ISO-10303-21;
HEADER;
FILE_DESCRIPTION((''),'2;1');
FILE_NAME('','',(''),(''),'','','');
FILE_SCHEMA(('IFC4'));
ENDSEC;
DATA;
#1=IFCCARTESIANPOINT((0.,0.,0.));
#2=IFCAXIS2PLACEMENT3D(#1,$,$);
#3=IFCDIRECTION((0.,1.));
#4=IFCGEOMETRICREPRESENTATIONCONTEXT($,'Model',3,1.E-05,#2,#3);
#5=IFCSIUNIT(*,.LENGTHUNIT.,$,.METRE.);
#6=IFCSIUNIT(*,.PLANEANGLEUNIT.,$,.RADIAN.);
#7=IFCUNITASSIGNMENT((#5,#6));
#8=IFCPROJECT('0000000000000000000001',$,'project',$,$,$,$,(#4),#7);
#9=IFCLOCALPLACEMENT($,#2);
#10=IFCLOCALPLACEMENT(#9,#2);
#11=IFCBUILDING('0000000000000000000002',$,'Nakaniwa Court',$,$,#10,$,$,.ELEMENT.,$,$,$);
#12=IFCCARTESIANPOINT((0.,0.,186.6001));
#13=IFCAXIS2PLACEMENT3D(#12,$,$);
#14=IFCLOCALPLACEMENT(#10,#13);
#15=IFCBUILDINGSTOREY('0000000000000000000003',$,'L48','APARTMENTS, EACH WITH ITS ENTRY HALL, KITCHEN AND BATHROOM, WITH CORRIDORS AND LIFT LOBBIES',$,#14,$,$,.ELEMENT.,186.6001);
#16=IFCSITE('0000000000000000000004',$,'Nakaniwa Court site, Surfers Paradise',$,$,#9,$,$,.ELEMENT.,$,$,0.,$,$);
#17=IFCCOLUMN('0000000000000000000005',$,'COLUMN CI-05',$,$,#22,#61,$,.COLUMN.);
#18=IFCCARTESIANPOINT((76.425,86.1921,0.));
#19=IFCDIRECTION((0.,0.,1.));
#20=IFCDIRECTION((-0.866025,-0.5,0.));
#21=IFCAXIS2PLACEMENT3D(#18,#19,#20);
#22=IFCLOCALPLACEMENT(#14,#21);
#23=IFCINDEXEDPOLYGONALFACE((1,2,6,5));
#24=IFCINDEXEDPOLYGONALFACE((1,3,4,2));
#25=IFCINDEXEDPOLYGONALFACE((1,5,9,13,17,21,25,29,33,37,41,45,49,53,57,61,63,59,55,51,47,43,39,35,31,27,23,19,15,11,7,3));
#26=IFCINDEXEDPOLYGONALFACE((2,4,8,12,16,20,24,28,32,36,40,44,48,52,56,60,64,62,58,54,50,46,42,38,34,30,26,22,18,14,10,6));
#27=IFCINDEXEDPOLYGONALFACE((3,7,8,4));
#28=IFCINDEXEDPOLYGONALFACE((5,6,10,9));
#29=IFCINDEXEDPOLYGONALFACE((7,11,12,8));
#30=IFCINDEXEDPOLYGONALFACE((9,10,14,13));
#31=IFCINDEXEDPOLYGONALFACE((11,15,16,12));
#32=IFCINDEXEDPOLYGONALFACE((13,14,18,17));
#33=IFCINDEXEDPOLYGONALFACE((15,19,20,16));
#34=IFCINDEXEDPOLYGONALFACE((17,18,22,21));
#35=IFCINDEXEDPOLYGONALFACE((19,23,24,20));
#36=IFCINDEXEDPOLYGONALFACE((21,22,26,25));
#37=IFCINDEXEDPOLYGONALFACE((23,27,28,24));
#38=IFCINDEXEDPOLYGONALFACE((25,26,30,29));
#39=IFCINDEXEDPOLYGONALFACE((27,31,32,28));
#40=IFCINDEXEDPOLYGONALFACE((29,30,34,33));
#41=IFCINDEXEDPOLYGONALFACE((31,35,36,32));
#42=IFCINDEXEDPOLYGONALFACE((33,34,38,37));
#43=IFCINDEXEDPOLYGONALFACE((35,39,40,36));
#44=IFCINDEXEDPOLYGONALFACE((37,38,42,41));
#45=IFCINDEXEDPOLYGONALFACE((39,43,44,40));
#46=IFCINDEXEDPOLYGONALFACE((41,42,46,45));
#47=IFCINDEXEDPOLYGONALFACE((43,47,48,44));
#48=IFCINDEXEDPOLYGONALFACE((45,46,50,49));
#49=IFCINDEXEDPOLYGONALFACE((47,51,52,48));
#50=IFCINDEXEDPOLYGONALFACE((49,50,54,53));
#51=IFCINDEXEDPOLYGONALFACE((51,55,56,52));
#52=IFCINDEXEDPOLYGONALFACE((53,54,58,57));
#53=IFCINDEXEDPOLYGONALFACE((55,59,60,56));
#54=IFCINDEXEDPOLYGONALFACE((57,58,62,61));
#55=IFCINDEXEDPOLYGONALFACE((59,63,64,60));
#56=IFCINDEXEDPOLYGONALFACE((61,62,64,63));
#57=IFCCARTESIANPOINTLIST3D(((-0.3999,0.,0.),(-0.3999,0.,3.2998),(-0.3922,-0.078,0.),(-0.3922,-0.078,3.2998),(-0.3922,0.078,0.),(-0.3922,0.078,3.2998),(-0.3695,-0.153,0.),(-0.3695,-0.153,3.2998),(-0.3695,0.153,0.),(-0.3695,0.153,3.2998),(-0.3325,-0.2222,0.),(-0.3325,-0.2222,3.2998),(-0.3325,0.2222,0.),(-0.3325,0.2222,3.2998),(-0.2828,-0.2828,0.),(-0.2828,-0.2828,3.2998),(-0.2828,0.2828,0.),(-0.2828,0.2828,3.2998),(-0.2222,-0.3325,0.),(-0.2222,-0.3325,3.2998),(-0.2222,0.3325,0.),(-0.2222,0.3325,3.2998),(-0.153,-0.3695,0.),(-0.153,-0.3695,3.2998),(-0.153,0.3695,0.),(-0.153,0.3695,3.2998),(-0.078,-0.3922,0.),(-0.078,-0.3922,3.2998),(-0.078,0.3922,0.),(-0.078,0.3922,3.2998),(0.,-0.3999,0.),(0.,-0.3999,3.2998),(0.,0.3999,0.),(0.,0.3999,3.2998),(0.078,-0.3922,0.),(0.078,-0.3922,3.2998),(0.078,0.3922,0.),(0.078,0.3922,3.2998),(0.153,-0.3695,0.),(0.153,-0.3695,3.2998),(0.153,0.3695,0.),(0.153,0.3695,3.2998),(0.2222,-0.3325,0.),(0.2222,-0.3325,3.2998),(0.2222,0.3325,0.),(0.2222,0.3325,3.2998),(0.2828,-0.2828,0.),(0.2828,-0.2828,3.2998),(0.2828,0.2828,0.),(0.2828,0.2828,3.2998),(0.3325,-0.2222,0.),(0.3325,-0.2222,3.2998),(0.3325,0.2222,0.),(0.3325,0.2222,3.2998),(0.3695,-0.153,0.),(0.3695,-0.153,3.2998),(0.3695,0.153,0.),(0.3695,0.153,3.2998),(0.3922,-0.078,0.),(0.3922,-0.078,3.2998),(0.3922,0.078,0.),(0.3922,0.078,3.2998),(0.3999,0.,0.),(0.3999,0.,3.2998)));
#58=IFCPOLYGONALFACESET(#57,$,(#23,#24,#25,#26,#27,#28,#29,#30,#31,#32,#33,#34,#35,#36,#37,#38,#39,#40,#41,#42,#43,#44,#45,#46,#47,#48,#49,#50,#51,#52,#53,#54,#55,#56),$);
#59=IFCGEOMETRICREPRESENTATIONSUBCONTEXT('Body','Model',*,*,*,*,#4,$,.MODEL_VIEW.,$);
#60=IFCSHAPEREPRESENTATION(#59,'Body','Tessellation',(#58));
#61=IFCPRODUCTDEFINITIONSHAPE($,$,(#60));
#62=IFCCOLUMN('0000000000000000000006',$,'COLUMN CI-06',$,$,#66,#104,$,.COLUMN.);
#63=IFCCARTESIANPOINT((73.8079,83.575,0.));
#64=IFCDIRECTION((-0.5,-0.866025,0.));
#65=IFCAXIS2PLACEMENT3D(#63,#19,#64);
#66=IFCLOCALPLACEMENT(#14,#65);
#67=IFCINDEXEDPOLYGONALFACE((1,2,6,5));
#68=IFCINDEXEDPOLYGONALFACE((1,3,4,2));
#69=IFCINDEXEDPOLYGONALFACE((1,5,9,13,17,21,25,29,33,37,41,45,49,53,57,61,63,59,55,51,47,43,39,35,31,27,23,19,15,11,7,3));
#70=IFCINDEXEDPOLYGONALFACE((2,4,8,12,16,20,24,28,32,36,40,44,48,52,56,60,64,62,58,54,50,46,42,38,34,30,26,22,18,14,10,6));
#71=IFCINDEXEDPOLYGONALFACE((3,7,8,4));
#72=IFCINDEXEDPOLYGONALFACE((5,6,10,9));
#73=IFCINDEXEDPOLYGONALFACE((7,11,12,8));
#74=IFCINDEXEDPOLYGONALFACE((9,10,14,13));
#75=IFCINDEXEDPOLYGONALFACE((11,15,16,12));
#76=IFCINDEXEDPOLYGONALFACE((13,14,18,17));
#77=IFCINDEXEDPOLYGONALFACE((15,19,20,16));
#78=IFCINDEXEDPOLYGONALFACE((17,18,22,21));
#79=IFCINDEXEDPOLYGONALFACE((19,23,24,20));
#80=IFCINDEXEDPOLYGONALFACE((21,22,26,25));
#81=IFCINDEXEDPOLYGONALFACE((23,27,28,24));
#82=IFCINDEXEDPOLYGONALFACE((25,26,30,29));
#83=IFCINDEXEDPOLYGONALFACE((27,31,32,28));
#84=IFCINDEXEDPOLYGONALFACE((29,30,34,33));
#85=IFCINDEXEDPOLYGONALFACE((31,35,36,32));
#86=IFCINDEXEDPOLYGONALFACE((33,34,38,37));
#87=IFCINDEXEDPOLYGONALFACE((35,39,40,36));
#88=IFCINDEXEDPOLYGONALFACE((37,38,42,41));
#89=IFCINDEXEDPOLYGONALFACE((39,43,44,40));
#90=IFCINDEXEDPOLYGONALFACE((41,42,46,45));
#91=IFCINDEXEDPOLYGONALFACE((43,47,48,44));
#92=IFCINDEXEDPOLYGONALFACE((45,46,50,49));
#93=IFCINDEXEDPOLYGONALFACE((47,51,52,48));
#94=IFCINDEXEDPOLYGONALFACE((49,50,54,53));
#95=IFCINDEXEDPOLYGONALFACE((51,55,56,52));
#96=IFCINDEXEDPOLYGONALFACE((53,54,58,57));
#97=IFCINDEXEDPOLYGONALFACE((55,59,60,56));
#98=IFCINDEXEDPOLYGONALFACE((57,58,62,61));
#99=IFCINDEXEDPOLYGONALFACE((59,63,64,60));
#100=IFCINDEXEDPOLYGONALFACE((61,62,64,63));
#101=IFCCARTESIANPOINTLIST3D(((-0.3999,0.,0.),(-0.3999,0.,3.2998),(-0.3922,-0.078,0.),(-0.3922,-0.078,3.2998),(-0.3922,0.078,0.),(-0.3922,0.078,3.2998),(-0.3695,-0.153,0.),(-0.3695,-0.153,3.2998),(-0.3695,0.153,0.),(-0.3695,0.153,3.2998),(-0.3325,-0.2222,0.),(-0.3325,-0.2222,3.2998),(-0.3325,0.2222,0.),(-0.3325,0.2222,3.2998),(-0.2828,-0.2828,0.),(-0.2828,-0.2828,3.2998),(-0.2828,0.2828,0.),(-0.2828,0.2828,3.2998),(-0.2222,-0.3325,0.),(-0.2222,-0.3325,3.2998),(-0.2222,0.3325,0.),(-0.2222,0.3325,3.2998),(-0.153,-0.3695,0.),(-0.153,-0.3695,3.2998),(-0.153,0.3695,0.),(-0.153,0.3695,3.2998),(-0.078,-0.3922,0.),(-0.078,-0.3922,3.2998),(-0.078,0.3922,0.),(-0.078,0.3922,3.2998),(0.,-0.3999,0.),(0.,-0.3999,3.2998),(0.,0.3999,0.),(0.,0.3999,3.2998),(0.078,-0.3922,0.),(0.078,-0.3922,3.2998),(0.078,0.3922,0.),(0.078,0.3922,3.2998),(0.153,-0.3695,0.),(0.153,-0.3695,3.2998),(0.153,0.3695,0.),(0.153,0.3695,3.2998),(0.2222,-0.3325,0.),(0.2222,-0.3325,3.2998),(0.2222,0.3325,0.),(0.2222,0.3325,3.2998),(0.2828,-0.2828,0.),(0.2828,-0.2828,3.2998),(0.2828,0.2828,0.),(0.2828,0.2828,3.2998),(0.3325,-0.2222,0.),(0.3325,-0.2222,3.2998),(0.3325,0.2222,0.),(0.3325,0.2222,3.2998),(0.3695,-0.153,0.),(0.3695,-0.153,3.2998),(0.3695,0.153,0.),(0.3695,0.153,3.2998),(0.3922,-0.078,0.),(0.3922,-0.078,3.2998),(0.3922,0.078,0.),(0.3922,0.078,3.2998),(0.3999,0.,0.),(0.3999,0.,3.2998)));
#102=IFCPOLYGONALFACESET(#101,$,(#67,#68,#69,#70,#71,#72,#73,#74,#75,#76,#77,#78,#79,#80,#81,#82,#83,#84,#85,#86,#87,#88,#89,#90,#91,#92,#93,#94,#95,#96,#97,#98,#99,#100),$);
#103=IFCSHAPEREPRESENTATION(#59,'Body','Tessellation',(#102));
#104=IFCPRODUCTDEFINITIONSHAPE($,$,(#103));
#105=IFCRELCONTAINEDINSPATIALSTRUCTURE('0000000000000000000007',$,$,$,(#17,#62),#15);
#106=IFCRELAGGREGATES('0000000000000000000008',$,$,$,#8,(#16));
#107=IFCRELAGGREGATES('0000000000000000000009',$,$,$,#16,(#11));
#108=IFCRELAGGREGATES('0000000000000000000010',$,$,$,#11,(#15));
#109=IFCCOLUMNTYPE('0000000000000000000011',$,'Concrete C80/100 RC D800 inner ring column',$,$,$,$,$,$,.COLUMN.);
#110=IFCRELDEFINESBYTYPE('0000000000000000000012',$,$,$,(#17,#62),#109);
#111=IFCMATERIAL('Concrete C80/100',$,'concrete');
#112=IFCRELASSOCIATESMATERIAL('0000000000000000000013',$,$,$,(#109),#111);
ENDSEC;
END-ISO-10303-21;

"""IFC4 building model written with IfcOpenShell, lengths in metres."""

from ifc_helpers import new_model, si_unit, direction, frame, origin, origin_2d, place, context, subcontext, project, spatial, circle, extrude, material, material_profile, profile_set, type_object, element, save


model = new_model("IFC4")

# Units and contexts
model_context = context("Model", 3, precision=1e-05, world=origin(), true_north=direction((0.0, 1.0)))
body_context = subcontext(model_context, "Body", "Model", "MODEL_VIEW")
ifc_project = project(units=[si_unit("LENGTHUNIT", "METRE"), si_unit("PLANEANGLEUNIT", "RADIAN")], contexts=[model_context])

# Site, building, storey
site_placement = place(None, origin())
site = spatial("IfcSite", under=ifc_project, at=site_placement, Name="Nakaniwa Court site, Surfers Paradise", CompositionType="ELEMENT", RefElevation=0.0)
building_placement = place(site_placement, origin())
building = spatial("IfcBuilding", under=site, at=building_placement, Name="Nakaniwa Court", CompositionType="ELEMENT")
storey_placement = place(building_placement, frame((0.0, 0.0, 186.6001)))
storey = spatial("IfcBuildingStorey", under=building, at=storey_placement, Name="L48", Description="APARTMENTS, EACH WITH ITS ENTRY HALL, KITCHEN AND BATHROOM, WITH CORRIDORS AND LIFT LOBBIES", CompositionType="ELEMENT", Elevation=186.6001)

# Columns
ifc_material_1 = material(Name="Concrete C80/100", Category="concrete")
ifc_material_profile_1 = material_profile(ifc_material_1, circle(Radius=0.3999, at=origin_2d()), Name="Concrete C80/100 RC D800 inner ring column")
ifc_profile_set_1 = profile_set([ifc_material_profile_1], Name="Concrete C80/100")
column_type_1 = type_object("IfcColumnType", Name="Concrete C80/100 RC D800 inner ring column", PredefinedType="COLUMN", material=ifc_profile_set_1)
for number, where, z_axis, x_axis, name in (
    (1, (76.425, 86.1921, 0.0), (0.0, 0.0, 1.0), (-0.866025, -0.5, 0.0), "COLUMN CI-05"),
    (2, (73.8079, 83.575, 0.0), (0.0, 0.0, 1.0), (-0.5, -0.866025, 0.0), "COLUMN CI-06"),
):
    element("IfcColumn", number, at=place(storey_placement, frame(where, z_axis=z_axis, x_axis=x_axis)), inside=storey, type_object=column_type_1, Name=name, PredefinedType="COLUMN", context=body_context, shape_type="SweptSolid", body=[
        extrude(circle(Radius=0.3999, at=origin_2d()), origin(), (0.0, 0.0, 1.0), 3.2998),
    ])

save(model, "model.ifc")
